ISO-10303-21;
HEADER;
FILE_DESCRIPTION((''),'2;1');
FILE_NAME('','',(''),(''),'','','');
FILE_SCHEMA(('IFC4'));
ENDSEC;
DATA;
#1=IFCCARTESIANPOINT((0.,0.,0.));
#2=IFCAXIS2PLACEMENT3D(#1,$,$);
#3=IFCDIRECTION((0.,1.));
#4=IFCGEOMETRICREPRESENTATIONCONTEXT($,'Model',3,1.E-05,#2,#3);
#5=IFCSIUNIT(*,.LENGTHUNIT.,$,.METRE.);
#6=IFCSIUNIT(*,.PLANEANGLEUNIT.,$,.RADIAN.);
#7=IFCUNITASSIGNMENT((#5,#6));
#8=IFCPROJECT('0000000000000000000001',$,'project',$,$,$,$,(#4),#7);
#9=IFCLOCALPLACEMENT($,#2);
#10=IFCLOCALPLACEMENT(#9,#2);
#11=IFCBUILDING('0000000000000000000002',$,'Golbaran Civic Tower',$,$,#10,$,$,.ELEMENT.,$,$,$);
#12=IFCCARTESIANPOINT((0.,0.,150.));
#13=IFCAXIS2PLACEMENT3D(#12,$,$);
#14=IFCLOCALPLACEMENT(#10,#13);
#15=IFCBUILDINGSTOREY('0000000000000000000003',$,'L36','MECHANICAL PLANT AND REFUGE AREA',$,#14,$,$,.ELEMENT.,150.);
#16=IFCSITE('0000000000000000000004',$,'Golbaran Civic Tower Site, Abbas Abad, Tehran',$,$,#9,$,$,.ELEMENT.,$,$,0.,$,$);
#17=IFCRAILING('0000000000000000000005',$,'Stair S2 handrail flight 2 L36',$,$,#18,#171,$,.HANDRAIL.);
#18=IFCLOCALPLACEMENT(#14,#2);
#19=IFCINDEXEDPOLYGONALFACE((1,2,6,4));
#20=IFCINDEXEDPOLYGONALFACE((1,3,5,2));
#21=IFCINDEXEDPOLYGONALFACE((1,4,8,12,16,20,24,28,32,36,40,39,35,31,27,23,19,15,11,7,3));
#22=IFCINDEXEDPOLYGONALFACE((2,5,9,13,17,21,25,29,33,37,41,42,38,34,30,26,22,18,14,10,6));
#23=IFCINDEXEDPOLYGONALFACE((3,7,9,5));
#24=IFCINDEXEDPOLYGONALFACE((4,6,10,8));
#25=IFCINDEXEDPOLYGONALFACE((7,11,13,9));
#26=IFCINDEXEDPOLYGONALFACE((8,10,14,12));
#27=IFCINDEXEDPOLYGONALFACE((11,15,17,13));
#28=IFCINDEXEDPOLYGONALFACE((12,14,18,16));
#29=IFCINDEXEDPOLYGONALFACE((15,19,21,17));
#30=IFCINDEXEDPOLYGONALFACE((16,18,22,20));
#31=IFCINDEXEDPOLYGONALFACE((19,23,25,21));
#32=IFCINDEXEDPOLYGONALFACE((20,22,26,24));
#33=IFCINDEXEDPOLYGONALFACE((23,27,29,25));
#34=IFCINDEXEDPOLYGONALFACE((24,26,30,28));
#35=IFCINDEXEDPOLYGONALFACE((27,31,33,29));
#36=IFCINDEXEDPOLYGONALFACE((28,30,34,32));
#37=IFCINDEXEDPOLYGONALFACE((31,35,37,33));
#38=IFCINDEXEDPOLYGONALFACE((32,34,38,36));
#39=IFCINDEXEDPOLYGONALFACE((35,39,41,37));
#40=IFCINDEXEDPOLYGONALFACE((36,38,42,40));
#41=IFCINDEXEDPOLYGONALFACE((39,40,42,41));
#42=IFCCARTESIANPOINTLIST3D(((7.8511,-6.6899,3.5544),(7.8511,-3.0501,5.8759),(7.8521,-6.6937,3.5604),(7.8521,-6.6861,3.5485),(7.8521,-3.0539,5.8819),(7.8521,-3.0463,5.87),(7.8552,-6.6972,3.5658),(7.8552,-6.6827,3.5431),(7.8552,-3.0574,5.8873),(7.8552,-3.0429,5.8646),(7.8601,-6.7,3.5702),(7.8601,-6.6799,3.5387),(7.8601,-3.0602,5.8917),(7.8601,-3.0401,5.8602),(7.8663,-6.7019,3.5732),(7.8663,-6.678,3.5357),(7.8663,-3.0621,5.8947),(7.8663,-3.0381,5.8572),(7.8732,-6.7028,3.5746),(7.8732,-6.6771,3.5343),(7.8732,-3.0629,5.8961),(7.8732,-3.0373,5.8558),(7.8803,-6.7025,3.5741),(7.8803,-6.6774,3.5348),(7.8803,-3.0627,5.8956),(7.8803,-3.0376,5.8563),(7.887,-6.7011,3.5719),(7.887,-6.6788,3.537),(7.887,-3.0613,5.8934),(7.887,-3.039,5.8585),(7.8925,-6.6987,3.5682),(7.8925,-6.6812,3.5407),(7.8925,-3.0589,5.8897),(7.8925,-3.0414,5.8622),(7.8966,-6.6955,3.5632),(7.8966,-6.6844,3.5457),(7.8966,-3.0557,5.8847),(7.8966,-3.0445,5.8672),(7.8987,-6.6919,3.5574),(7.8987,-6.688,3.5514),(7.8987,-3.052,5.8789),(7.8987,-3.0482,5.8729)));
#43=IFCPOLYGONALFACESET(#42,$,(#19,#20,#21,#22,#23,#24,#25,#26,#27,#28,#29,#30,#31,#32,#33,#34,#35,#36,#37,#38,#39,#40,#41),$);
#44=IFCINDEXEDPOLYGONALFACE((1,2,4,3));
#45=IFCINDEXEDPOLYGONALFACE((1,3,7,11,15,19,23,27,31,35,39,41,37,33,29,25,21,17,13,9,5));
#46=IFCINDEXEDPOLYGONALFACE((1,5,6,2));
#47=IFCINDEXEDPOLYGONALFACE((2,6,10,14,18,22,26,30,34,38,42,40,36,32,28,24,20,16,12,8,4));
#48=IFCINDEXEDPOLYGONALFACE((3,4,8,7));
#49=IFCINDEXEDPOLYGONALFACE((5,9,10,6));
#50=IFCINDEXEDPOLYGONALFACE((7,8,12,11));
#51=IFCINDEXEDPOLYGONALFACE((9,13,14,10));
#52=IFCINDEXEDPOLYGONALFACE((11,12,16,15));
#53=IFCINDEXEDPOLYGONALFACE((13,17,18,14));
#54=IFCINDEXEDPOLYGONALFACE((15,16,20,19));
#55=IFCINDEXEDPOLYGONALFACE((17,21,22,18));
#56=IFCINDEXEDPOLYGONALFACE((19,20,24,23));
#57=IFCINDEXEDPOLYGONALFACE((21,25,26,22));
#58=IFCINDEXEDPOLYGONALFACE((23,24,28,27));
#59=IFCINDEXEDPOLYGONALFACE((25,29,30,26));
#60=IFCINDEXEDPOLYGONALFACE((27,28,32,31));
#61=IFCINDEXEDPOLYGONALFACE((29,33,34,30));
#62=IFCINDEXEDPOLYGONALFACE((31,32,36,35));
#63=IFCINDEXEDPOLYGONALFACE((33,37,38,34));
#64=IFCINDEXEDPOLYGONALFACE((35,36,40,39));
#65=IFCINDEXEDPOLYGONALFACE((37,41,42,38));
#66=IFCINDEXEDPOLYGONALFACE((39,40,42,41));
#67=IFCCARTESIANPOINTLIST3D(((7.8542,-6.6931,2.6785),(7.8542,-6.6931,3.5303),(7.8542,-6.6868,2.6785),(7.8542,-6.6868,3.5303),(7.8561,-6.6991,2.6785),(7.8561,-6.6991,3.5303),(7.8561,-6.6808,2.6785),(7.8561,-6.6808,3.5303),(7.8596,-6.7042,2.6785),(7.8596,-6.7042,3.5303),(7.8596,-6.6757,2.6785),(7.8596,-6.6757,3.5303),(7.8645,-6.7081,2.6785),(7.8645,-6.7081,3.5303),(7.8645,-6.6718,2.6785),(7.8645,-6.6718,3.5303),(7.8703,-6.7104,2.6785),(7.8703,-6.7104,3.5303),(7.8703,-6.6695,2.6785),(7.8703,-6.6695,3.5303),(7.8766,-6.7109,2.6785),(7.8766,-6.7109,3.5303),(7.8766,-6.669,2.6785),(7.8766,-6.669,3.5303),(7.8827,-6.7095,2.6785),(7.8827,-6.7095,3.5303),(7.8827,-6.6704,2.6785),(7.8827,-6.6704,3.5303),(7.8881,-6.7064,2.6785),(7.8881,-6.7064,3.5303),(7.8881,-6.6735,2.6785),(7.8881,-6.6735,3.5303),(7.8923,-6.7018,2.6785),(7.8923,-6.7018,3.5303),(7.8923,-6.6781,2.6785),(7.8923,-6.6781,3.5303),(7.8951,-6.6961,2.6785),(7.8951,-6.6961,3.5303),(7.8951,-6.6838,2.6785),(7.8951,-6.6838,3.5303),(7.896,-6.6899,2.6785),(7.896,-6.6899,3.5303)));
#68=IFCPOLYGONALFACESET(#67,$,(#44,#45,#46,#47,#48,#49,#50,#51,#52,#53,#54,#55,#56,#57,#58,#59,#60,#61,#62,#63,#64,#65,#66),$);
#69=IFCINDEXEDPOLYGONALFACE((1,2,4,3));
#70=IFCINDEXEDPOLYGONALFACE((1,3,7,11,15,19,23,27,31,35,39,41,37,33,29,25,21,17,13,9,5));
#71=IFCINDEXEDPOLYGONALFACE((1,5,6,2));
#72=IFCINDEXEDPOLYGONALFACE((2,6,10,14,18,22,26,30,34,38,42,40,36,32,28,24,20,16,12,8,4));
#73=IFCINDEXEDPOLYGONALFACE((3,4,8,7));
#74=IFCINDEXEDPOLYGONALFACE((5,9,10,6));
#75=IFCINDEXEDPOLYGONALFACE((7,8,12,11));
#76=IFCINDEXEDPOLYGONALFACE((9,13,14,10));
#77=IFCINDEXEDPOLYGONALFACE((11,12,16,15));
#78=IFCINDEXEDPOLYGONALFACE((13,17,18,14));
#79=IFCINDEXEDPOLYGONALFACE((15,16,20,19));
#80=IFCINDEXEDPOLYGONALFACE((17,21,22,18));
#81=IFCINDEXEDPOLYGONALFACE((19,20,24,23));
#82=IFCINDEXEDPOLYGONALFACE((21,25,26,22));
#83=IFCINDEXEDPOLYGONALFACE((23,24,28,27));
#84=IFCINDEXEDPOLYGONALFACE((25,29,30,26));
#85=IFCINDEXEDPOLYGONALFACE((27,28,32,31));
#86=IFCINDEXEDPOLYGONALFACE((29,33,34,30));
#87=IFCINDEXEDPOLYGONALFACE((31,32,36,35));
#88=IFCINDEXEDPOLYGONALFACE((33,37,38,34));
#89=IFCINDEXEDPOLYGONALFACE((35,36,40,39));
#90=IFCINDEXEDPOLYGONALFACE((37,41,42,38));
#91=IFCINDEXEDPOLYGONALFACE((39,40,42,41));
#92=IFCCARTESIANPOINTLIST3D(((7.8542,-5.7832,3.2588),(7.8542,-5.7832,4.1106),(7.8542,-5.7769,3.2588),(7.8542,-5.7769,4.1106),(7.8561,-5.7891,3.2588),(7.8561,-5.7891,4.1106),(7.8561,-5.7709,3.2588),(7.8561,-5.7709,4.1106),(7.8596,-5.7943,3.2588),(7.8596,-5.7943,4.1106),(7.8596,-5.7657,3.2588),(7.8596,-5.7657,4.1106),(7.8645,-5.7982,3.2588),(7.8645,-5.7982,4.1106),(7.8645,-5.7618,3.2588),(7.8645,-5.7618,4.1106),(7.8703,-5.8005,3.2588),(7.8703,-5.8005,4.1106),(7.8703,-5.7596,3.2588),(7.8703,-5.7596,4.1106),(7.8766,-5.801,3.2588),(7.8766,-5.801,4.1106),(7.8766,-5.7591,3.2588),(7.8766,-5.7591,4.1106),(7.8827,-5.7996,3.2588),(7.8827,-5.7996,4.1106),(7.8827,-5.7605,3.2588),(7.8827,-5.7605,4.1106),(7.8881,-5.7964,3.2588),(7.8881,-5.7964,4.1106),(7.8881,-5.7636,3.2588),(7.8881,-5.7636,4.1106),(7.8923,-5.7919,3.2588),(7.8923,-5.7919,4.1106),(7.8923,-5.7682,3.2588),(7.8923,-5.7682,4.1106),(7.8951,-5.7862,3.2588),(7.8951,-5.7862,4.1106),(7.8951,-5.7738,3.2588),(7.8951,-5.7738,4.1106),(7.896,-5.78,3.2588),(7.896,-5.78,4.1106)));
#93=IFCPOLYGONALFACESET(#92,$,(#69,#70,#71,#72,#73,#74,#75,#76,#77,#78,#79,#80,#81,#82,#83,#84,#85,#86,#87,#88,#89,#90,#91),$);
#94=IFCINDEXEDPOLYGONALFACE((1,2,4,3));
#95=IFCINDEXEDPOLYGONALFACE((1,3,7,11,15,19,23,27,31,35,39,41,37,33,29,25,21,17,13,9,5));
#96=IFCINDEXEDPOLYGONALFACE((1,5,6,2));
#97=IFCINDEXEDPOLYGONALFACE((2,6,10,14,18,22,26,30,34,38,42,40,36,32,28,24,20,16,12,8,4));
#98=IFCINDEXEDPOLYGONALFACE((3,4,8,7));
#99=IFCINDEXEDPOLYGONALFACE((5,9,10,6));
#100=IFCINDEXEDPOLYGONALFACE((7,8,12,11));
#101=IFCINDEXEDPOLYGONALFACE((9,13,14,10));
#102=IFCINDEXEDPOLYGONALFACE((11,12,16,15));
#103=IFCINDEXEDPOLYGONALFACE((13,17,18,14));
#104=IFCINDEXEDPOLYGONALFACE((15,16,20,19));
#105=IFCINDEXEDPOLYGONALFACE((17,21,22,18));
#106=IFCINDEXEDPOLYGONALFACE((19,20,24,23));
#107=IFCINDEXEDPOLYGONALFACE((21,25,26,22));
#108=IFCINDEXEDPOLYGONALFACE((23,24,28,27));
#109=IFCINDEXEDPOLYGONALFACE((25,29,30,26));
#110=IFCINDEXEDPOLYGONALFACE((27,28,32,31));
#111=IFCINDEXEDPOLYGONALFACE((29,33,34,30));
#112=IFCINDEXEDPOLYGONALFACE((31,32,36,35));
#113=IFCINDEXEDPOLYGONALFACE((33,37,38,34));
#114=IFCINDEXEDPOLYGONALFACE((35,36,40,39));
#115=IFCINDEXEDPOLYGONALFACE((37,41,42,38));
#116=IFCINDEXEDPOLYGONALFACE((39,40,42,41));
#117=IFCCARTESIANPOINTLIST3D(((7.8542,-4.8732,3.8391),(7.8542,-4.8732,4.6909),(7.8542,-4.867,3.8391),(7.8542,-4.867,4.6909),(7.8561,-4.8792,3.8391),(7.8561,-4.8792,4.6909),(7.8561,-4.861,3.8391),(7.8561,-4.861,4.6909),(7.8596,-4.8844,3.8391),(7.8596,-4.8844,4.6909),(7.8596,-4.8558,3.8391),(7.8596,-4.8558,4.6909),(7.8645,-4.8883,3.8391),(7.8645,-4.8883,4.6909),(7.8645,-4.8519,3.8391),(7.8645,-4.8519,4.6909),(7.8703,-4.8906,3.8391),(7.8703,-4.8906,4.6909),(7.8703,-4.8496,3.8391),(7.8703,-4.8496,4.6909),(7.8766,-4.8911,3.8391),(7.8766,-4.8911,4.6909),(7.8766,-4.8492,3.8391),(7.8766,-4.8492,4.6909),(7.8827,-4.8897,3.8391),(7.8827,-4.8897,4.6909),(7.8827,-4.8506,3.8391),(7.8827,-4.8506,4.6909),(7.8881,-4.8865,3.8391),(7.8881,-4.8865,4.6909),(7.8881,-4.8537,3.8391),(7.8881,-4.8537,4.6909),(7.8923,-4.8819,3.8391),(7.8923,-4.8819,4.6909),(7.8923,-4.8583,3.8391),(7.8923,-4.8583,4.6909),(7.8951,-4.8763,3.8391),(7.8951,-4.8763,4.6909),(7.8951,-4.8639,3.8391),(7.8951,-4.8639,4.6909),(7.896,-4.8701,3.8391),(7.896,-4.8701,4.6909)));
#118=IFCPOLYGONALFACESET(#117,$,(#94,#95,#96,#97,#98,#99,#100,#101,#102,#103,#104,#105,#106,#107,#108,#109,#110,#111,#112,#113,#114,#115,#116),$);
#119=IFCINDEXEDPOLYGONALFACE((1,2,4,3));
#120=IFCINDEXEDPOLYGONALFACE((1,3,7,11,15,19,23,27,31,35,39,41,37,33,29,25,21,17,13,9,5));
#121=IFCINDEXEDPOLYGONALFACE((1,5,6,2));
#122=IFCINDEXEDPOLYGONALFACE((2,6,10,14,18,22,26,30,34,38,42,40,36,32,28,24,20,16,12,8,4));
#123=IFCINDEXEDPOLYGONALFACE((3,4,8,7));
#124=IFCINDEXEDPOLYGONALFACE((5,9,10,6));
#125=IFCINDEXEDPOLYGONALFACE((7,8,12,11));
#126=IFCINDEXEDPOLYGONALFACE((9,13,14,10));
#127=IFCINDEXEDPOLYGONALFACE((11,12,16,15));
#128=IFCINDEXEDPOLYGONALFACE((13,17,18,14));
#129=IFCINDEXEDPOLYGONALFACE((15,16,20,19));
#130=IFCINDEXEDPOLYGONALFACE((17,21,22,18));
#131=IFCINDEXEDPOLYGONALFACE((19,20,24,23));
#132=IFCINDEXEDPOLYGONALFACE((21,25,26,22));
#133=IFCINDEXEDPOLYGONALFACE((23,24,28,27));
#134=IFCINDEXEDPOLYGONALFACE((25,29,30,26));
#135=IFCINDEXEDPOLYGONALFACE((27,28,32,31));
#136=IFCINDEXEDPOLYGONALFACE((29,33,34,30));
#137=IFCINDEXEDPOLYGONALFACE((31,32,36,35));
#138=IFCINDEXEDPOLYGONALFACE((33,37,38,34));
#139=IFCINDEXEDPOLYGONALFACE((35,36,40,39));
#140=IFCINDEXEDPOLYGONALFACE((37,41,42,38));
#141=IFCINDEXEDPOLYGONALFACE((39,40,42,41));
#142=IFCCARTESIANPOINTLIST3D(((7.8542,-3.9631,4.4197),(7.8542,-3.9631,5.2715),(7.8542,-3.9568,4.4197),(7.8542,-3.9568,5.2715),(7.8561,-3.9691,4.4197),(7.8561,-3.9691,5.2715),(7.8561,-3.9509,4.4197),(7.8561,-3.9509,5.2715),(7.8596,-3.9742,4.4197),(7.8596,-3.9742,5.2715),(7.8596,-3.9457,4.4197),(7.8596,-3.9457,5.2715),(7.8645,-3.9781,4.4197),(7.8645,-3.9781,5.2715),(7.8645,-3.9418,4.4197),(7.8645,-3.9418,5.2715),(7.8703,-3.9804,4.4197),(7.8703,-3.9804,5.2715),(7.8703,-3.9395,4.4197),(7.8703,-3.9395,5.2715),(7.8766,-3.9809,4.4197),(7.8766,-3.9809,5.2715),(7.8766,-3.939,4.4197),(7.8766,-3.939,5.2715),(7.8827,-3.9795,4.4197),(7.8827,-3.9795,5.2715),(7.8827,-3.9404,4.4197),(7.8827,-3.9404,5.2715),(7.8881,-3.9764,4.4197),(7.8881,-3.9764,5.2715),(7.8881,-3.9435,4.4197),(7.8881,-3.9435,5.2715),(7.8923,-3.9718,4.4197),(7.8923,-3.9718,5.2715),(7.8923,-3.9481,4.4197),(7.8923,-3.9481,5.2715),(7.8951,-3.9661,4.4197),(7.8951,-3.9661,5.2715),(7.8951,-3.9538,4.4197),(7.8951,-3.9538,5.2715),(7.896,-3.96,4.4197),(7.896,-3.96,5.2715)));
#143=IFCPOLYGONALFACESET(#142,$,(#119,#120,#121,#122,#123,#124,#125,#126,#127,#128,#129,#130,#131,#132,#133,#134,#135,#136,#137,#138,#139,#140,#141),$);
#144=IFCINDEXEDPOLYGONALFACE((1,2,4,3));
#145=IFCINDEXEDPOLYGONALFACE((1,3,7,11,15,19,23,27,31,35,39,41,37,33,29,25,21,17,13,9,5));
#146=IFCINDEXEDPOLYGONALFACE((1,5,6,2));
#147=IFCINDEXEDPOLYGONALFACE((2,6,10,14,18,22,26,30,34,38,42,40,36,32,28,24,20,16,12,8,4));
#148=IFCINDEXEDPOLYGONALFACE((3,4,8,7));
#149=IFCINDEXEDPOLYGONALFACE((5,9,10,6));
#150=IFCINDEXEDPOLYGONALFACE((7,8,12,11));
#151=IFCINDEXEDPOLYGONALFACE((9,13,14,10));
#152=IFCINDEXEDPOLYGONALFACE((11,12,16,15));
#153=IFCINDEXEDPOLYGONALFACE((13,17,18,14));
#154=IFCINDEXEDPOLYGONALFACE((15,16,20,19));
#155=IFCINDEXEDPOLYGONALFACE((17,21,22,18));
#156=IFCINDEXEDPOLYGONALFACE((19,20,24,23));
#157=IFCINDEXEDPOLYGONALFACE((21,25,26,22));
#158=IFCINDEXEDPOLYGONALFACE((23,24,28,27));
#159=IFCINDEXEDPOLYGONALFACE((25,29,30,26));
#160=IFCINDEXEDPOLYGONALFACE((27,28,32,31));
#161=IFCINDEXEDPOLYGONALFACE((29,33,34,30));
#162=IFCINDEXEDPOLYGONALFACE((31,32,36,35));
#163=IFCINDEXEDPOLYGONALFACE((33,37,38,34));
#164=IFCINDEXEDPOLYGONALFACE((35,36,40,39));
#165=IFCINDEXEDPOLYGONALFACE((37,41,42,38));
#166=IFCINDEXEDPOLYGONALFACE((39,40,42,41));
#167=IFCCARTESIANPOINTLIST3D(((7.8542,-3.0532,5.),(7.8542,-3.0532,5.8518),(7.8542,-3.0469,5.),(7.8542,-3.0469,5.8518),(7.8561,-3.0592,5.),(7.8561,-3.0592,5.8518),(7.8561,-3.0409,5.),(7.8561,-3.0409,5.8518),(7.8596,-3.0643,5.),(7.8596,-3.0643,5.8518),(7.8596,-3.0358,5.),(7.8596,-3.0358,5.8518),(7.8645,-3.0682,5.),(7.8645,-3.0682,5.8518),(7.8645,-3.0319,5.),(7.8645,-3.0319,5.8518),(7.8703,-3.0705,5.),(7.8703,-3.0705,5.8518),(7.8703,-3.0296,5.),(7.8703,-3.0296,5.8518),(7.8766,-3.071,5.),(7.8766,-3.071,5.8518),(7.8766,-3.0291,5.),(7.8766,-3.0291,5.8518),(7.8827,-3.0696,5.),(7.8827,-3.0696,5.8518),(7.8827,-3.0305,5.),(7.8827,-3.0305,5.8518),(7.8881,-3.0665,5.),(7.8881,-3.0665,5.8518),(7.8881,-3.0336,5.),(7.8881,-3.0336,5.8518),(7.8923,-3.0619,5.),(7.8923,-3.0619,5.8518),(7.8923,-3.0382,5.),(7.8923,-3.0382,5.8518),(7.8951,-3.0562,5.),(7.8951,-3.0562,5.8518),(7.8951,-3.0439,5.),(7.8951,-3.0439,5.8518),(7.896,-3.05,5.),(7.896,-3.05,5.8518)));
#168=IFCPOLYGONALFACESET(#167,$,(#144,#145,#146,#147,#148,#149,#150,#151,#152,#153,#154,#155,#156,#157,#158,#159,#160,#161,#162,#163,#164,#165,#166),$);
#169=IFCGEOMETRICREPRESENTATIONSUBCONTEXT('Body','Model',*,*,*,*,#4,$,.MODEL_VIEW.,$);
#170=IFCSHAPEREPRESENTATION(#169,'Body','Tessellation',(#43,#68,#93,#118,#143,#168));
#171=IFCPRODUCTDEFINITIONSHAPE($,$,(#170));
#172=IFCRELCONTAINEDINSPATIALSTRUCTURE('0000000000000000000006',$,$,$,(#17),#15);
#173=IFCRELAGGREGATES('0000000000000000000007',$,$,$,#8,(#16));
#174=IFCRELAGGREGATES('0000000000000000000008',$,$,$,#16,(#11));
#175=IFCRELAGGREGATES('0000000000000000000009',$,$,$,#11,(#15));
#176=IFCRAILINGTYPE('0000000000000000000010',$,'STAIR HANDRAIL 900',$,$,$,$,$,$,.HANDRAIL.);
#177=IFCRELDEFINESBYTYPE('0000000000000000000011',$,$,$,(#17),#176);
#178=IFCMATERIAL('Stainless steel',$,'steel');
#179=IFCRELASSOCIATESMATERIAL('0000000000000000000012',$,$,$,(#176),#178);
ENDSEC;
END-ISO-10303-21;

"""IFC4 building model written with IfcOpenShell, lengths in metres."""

from ifc_helpers import new_model, si_unit, direction, frame, origin, origin_2d, place, context, subcontext, project, spatial, circle, extrude, material, type_object, element, save


model = new_model("IFC4")

# Units and contexts
model_context = context("Model", 3, precision=1e-05, world=origin(), true_north=direction((0.0, 1.0)))
body_context = subcontext(model_context, "Body", "Model", "MODEL_VIEW")
ifc_project = project(units=[si_unit("LENGTHUNIT", "METRE"), si_unit("PLANEANGLEUNIT", "RADIAN")], contexts=[model_context])

# Site, building, storey
site_placement = place(None, origin())
site = spatial("IfcSite", under=ifc_project, at=site_placement, Name="Golbaran Civic Tower Site, Abbas Abad, Tehran", CompositionType="ELEMENT", RefElevation=0.0)
building_placement = place(site_placement, origin())
building = spatial("IfcBuilding", under=site, at=building_placement, Name="Golbaran Civic Tower", CompositionType="ELEMENT")
storey_placement = place(building_placement, frame((0.0, 0.0, 150.0)))
storey = spatial("IfcBuildingStorey", under=building, at=storey_placement, Name="L36", Description="MECHANICAL PLANT AND REFUGE AREA", CompositionType="ELEMENT", Elevation=150.0)

# Shared definitions
ifc_material_1 = material(Name="Stainless steel", Category="steel")

# Railing
railing_type = type_object("IfcRailingType", Name="STAIR HANDRAIL 900", PredefinedType="HANDRAIL", material=ifc_material_1)
railing_1_placement = place(storey_placement, frame((7.875, -6.6899, 2.6785)))
element("IfcRailing", 1, at=railing_1_placement, inside=storey, type_object=railing_type, Name="Stair S2 handrail flight 2 L36", PredefinedType="HANDRAIL", context=body_context, shape_type="SweptSolid", body=[
    extrude(circle(Radius=0.0239, at=origin_2d()), frame((0.0, 0.0, 0.876), z_axis=(0.0, 0.843112, 0.537739), x_axis=(-1.0, 0.0, 0.0)), (0.0, 0.0, 1.0), 4.3171),
    extrude(circle(Radius=0.021, at=origin_2d()), origin(), (0.0, 0.0, 1.0), 0.8518),
    extrude(circle(Radius=0.021, at=origin_2d()), frame((0.0, 0.9099, 0.5803)), (0.0, 0.0, 1.0), 0.8518),
    extrude(circle(Radius=0.021, at=origin_2d()), frame((0.0, 1.8198, 1.1606)), (0.0, 0.0, 1.0), 0.8518),
    extrude(circle(Radius=0.021, at=origin_2d()), frame((0.0, 2.73, 1.7412)), (0.0, 0.0, 1.0), 0.8518),
    extrude(circle(Radius=0.021, at=origin_2d()), frame((0.0, 3.6399, 2.3215)), (0.0, 0.0, 1.0), 0.8518),
])

save(model, "model.ifc")
